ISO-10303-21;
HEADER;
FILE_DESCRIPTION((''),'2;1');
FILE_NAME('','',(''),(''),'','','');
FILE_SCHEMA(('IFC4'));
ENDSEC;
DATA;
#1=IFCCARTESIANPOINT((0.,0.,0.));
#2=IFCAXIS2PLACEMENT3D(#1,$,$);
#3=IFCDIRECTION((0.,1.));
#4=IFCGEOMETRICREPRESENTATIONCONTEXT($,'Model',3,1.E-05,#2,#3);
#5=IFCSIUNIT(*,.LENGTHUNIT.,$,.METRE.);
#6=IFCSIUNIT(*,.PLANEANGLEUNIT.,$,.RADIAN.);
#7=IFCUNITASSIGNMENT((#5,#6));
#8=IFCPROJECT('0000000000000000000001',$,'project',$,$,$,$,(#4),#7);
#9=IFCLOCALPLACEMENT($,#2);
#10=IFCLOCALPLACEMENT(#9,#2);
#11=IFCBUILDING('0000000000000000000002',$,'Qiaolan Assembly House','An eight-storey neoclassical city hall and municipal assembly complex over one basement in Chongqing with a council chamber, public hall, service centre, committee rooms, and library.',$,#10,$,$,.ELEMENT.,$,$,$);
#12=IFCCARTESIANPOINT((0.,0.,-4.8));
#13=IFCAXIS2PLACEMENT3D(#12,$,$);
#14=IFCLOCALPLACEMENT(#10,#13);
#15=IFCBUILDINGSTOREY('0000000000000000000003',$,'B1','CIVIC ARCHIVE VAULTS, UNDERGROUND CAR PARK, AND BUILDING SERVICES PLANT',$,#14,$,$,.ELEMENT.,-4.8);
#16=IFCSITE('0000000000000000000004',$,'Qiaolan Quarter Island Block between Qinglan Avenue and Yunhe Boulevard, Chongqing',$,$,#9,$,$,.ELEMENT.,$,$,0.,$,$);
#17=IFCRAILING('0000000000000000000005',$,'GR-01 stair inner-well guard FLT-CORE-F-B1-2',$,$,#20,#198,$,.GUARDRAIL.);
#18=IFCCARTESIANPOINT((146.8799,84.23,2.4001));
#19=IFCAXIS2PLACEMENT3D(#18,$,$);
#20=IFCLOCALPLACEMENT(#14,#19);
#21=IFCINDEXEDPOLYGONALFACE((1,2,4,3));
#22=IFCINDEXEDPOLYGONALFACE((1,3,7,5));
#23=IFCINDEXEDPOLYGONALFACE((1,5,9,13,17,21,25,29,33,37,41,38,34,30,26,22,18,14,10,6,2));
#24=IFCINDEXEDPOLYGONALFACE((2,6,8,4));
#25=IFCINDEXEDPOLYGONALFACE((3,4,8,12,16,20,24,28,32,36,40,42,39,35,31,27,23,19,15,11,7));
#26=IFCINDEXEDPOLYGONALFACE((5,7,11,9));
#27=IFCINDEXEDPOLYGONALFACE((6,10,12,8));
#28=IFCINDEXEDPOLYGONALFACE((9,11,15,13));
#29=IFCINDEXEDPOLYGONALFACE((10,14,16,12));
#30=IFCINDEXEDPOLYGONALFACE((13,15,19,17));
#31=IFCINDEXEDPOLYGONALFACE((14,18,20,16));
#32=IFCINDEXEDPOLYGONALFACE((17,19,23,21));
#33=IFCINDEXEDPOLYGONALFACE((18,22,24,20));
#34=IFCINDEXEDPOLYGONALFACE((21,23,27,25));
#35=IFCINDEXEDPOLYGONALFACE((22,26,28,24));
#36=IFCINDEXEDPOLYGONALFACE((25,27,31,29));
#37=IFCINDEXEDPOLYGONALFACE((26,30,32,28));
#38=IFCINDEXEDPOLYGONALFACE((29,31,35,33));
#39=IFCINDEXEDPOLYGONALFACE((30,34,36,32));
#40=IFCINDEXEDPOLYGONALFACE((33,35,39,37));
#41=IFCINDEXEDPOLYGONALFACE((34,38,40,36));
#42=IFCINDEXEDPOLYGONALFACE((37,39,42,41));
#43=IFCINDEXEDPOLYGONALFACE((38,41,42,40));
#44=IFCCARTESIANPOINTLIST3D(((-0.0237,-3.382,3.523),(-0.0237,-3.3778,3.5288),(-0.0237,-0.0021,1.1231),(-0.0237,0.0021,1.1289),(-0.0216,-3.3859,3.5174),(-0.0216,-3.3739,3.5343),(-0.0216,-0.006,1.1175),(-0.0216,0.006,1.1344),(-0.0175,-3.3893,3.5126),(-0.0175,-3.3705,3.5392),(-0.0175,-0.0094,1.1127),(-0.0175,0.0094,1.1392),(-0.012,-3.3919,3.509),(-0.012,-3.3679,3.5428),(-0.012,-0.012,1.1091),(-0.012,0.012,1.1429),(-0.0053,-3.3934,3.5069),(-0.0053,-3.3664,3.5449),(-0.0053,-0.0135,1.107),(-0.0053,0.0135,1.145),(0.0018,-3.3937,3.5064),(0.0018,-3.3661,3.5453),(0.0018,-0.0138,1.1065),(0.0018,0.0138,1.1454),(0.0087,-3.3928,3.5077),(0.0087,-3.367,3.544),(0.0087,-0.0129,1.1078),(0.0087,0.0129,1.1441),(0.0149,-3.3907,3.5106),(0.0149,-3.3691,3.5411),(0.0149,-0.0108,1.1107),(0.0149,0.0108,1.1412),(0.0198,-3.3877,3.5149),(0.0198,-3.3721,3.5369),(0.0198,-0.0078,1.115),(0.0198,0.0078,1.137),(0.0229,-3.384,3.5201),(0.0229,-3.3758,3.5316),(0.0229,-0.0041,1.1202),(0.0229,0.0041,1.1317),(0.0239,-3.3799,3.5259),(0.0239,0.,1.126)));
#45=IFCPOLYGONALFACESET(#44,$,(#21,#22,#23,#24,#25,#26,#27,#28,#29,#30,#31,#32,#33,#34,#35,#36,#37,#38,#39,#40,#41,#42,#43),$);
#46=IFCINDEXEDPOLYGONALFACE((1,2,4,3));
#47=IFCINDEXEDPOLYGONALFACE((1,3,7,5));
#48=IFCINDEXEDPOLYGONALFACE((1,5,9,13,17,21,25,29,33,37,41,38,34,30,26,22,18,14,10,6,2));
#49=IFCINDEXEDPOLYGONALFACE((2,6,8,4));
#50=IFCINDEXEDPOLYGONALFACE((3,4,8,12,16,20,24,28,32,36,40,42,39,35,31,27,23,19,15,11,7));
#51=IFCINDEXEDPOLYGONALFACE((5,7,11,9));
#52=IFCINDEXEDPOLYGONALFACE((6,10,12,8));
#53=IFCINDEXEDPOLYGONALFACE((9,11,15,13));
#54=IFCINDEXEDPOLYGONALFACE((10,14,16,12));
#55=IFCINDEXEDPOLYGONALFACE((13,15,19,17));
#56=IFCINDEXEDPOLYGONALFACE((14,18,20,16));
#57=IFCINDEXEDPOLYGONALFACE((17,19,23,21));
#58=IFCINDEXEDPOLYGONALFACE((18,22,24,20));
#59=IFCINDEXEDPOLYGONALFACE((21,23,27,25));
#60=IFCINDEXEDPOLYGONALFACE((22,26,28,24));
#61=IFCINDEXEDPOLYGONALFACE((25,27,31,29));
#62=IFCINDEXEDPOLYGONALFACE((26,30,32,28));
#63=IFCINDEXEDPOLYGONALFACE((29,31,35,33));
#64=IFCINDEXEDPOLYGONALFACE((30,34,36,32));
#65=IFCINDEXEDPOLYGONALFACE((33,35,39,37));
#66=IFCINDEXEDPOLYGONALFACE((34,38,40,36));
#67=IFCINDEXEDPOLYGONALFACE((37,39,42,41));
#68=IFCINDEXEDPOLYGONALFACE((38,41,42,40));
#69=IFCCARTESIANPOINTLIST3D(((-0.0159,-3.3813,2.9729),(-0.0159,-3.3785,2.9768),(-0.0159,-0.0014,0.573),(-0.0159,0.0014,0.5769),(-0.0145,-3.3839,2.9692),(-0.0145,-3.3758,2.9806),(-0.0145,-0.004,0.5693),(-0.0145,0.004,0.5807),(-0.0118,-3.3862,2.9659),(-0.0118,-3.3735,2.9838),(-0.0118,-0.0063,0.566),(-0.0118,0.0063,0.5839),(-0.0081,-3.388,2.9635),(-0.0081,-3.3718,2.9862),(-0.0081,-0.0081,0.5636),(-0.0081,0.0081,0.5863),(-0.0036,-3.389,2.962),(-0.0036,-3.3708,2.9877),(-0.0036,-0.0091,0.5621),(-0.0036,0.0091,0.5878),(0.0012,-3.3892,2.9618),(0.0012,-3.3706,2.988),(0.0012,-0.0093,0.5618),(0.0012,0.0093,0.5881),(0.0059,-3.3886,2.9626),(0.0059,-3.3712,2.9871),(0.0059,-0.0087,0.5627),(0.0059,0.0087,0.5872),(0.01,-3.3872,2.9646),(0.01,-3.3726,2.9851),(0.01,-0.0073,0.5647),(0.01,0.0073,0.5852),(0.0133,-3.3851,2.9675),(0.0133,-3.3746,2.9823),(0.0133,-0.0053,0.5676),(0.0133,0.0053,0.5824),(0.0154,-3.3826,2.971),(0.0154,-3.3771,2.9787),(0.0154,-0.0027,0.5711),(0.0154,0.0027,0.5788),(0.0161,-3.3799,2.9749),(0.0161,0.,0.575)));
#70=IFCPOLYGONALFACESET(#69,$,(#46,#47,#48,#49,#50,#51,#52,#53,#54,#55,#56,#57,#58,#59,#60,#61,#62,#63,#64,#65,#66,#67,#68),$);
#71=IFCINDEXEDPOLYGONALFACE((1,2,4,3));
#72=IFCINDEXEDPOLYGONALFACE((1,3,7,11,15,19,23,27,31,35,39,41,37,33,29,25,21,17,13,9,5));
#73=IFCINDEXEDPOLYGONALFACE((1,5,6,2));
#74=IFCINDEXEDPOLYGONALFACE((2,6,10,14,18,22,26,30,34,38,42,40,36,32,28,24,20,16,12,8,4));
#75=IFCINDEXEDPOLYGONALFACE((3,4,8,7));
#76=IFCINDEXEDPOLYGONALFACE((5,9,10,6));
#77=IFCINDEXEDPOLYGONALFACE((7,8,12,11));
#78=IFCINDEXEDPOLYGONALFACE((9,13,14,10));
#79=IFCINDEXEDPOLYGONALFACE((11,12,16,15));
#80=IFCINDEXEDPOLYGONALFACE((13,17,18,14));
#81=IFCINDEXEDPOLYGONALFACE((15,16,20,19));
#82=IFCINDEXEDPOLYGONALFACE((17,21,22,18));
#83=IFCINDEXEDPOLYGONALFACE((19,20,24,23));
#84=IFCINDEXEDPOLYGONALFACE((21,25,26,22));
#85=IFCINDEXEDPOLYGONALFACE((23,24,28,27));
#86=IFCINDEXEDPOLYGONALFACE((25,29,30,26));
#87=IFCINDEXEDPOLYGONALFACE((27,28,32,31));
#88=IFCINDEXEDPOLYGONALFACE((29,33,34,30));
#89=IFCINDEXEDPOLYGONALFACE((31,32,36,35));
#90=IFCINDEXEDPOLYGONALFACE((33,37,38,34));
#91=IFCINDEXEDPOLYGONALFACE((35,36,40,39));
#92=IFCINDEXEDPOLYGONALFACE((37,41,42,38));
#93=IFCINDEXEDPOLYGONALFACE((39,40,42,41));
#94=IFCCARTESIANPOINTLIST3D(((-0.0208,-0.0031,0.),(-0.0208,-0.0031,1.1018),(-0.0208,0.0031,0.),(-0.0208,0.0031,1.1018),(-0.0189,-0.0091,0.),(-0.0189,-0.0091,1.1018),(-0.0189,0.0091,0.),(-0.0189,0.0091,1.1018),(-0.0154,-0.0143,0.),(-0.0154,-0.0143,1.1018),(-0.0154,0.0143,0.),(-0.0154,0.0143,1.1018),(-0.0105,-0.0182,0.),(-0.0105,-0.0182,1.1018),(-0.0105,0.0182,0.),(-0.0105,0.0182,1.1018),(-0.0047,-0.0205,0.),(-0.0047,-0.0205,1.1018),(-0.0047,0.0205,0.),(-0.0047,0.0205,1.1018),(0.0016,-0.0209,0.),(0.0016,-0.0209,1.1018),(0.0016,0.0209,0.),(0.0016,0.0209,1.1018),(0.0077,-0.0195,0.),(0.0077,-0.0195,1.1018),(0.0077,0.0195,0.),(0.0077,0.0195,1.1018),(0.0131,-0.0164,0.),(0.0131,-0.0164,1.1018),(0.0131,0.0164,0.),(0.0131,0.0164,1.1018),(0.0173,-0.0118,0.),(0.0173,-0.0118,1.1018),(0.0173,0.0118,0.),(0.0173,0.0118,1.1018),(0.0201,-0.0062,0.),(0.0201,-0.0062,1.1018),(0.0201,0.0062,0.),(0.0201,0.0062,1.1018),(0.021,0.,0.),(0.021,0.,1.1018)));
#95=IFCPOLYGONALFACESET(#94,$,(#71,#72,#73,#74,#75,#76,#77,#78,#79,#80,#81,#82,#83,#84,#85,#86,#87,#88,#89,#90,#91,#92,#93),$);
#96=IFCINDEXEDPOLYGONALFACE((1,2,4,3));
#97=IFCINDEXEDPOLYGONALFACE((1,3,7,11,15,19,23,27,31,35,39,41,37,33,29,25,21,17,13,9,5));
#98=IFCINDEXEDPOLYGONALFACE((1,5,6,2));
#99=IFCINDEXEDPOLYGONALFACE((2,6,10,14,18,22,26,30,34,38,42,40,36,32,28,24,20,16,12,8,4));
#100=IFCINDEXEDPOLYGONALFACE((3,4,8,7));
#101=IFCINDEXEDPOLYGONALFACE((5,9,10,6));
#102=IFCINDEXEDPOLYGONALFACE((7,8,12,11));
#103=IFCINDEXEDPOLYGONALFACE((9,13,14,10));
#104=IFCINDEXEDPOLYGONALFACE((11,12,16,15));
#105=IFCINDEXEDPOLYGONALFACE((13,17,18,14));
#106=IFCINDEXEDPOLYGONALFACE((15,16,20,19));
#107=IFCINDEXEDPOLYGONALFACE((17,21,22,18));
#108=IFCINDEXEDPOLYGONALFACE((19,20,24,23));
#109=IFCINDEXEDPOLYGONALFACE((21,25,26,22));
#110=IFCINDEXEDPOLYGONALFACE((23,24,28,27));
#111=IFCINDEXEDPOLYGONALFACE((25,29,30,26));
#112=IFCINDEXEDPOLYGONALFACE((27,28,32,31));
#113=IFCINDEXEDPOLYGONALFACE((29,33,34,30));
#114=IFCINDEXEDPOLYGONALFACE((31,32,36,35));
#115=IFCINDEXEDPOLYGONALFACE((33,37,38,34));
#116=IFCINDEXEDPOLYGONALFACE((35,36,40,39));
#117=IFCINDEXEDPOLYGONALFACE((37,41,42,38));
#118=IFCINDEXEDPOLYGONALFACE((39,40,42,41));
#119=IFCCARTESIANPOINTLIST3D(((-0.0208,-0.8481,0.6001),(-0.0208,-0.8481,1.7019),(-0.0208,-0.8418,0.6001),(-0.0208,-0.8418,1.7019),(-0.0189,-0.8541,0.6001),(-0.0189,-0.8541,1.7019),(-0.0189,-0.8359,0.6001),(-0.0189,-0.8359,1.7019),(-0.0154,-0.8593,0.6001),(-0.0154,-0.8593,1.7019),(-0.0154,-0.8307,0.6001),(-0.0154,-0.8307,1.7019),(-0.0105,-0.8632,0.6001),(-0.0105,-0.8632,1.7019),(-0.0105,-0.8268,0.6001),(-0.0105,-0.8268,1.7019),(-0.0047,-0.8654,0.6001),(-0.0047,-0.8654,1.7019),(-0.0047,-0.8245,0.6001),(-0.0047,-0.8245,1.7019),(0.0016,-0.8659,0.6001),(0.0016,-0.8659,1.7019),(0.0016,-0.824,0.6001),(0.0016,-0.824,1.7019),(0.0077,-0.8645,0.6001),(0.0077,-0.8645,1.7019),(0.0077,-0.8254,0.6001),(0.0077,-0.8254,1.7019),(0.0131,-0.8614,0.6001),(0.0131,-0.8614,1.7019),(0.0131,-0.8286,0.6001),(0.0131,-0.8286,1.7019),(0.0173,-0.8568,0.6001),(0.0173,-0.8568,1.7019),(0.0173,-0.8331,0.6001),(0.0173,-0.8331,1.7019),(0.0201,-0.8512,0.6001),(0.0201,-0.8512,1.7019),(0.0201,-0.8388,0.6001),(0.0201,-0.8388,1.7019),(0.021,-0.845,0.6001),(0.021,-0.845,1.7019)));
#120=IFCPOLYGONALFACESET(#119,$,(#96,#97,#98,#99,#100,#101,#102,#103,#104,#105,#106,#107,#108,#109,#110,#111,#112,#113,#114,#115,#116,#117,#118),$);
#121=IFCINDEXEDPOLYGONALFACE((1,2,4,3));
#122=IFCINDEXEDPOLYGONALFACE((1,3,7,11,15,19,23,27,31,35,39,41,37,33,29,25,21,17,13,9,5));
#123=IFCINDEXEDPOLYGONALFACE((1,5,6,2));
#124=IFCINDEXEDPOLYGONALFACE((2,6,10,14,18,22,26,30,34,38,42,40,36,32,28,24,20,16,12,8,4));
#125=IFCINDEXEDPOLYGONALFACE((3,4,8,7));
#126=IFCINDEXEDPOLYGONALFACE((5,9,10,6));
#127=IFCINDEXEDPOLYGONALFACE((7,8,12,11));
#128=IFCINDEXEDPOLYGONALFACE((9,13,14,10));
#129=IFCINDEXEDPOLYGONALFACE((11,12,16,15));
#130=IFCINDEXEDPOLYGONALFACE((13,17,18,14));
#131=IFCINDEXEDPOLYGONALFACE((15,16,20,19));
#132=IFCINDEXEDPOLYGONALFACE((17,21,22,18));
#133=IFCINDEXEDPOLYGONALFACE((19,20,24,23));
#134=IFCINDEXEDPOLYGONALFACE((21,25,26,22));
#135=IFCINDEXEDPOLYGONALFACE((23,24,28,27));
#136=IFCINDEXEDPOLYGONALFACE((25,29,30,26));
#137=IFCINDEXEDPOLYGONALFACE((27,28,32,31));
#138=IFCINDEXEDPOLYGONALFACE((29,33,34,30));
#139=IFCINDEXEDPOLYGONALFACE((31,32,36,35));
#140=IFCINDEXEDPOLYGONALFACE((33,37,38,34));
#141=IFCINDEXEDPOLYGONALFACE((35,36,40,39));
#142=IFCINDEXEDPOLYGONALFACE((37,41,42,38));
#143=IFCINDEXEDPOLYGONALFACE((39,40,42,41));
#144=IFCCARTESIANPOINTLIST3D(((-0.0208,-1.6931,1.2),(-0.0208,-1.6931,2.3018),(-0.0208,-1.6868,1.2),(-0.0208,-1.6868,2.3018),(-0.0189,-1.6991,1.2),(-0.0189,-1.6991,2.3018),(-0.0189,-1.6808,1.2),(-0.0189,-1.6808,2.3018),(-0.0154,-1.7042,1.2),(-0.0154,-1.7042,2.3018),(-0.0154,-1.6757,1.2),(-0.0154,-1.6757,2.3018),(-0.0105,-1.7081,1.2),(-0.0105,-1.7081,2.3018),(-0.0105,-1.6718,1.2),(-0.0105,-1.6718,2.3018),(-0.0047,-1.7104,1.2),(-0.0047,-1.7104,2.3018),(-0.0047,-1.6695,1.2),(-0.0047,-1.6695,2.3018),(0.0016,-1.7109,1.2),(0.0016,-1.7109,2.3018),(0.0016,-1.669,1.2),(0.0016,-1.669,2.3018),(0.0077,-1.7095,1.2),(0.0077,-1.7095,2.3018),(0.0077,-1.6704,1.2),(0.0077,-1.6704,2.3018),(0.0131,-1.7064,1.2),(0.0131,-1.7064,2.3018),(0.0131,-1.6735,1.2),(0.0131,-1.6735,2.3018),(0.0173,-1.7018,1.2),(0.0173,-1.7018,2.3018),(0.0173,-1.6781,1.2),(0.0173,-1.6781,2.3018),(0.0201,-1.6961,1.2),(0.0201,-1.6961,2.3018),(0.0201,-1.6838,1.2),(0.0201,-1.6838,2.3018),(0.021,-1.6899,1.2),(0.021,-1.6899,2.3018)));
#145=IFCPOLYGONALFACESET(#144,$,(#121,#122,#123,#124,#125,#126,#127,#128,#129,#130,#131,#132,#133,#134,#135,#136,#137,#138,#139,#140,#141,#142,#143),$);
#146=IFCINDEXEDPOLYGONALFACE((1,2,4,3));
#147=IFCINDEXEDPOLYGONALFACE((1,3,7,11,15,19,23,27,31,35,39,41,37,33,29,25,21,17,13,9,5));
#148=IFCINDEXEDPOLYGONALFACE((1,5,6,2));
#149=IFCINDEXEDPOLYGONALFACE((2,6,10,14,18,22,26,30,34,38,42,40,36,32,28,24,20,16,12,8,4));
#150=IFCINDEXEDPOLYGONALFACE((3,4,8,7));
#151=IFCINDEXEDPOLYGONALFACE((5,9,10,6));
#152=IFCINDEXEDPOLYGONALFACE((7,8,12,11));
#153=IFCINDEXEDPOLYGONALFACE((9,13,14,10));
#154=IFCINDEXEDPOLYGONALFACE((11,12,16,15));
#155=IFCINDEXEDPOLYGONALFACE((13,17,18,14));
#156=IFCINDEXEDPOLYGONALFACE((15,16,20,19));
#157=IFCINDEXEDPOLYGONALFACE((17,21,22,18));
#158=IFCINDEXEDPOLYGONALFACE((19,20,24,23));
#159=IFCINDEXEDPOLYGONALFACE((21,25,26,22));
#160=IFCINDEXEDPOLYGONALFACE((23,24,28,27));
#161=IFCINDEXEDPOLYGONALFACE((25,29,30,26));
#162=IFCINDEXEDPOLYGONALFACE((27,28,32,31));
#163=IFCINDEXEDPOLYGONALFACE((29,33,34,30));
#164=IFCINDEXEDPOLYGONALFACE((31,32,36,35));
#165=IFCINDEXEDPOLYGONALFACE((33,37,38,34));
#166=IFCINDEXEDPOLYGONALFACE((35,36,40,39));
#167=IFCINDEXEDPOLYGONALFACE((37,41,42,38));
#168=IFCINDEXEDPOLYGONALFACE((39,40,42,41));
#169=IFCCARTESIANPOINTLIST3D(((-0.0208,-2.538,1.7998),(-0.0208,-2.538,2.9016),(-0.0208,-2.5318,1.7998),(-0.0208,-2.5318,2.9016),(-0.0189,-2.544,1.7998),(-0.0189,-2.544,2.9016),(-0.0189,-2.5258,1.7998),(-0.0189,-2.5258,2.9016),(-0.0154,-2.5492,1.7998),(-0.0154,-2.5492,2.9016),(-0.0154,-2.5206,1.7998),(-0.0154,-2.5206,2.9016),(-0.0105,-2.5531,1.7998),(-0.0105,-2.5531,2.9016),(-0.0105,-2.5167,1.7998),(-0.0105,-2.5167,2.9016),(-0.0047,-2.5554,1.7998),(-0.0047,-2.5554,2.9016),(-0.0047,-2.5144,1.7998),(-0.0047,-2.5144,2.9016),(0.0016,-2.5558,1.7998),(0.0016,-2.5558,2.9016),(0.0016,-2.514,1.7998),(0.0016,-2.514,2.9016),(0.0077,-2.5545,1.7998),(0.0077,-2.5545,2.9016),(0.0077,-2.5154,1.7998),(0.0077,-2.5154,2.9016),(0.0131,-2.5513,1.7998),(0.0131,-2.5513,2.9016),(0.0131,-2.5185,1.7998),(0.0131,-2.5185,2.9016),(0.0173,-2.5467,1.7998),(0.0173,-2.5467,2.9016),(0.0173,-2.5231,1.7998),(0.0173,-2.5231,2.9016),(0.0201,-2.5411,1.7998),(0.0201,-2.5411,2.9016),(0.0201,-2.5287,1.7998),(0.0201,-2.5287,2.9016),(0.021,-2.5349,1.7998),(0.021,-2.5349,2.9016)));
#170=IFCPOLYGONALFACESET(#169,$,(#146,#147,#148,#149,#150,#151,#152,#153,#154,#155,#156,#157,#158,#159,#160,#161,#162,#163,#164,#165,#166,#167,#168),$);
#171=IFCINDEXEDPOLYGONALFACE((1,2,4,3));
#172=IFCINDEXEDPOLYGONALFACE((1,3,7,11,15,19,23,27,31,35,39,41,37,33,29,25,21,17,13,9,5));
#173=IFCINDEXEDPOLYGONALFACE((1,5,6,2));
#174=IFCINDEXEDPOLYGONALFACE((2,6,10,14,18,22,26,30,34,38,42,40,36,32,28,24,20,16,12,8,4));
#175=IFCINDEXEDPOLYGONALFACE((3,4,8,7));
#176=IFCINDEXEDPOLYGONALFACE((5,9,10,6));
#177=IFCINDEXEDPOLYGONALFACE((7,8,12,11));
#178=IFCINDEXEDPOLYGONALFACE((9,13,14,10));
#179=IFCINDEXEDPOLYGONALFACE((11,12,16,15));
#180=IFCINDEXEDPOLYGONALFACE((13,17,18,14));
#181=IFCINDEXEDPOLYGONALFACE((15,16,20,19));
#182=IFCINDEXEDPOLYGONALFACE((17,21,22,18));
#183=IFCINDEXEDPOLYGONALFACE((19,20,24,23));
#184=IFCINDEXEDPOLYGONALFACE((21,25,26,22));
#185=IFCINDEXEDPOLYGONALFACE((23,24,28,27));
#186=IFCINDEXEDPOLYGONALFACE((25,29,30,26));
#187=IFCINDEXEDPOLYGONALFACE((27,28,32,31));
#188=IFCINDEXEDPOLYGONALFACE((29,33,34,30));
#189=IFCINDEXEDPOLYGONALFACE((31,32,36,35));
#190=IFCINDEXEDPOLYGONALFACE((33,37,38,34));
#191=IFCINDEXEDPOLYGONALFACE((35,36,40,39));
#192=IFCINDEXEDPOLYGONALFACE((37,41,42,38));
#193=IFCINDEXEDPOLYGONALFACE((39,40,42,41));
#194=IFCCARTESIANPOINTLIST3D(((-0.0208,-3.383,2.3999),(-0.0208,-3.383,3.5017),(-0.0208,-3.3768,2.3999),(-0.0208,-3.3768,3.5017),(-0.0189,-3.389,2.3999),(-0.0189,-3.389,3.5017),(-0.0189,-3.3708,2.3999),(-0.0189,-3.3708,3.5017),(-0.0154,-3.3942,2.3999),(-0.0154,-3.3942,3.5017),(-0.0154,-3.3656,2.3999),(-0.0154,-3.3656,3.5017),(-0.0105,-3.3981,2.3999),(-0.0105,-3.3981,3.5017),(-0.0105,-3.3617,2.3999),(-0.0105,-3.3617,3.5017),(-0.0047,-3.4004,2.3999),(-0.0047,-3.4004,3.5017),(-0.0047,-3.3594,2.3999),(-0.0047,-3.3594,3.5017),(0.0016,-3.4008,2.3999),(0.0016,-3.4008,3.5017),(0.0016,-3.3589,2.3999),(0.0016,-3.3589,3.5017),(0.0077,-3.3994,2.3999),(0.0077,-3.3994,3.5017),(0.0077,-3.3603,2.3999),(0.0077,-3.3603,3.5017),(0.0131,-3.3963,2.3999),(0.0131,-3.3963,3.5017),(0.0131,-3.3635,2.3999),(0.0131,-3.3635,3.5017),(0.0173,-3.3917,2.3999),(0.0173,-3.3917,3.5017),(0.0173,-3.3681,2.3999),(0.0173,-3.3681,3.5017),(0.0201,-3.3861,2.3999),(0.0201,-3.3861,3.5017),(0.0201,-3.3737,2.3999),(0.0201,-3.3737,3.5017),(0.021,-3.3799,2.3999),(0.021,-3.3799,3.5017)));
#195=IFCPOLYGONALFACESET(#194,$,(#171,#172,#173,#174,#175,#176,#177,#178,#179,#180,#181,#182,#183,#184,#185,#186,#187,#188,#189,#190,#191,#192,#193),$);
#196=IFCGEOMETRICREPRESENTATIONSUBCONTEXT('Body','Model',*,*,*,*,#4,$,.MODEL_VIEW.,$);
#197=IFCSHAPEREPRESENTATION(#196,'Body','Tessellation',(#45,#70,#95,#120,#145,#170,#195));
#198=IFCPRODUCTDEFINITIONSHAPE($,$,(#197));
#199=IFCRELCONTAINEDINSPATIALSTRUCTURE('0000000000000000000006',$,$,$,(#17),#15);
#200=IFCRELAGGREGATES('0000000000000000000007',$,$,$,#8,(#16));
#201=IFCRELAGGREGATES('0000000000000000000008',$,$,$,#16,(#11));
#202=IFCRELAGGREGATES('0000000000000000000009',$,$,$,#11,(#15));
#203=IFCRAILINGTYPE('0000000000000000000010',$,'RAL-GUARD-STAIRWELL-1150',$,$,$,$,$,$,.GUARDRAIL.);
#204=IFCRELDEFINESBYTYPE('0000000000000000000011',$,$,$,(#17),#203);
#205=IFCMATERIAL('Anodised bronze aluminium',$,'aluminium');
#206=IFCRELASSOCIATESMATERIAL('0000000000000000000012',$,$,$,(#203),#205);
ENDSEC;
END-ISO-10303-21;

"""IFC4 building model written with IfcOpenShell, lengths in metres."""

from ifc_helpers import new_model, si_unit, direction, frame, origin, origin_2d, place, context, subcontext, project, spatial, circle, extrude, material, type_object, element, save


model = new_model("IFC4")

# Units and contexts
model_context = context("Model", 3, precision=1e-05, world=origin(), true_north=direction((0.0, 1.0)))
body_context = subcontext(model_context, "Body", "Model", "MODEL_VIEW")
ifc_project = project(units=[si_unit("LENGTHUNIT", "METRE"), si_unit("PLANEANGLEUNIT", "RADIAN")], contexts=[model_context])

# Site, building, storey
site_placement = place(None, origin())
site = spatial("IfcSite", under=ifc_project, at=site_placement, Name="Qiaolan Quarter Island Block between Qinglan Avenue and Yunhe Boulevard, Chongqing", CompositionType="ELEMENT", RefElevation=0.0)
building_placement = place(site_placement, origin())
building = spatial("IfcBuilding", under=site, at=building_placement, Name="Qiaolan Assembly House", Description="An eight-storey neoclassical city hall and municipal assembly complex over one basement in Chongqing with a council chamber, public hall, service centre, committee rooms, and library.", CompositionType="ELEMENT")
storey_placement = place(building_placement, frame((0.0, 0.0, -4.8)))
storey = spatial("IfcBuildingStorey", under=building, at=storey_placement, Name="B1", Description="CIVIC ARCHIVE VAULTS, UNDERGROUND CAR PARK, AND BUILDING SERVICES PLANT", CompositionType="ELEMENT", Elevation=-4.8)

# Railing
ifc_material_1 = material(Name="Anodised bronze aluminium", Category="aluminium")
railing_type_1 = type_object("IfcRailingType", Name="RAL-GUARD-STAIRWELL-1150", PredefinedType="GUARDRAIL", material=ifc_material_1)
railing_1_placement = place(storey_placement, frame((146.8799, 84.23, 2.4001)))
element("IfcRailing", 1, at=railing_1_placement, inside=storey, type_object=railing_type_1, Name="GR-01 stair inner-well guard FLT-CORE-F-B1-2", PredefinedType="GUARDRAIL", context=body_context, shape_type="SweptSolid", body=[
    extrude(circle(Radius=0.0239, at=origin_2d()), frame((0.0, 0.0, 1.126), z_axis=(0.0, -0.815362, 0.578952), x_axis=(1.0, 0.0, 0.0)), (0.0, 0.0, 1.0), 4.1453),
    extrude(circle(Radius=0.0161, at=origin_2d()), frame((0.0, 0.0, 0.575), z_axis=(0.0, -0.815362, 0.578952), x_axis=(1.0, 0.0, 0.0)), (0.0, 0.0, 1.0), 4.1453),
    extrude(circle(Radius=0.021, at=origin_2d()), origin(), (0.0, 0.0, 1.0), 1.1018),
    extrude(circle(Radius=0.021, at=origin_2d()), frame((0.0, -0.845, 0.6001)), (0.0, 0.0, 1.0), 1.1018),
    extrude(circle(Radius=0.021, at=origin_2d()), frame((0.0, -1.6899, 1.2)), (0.0, 0.0, 1.0), 1.1018),
    extrude(circle(Radius=0.021, at=origin_2d()), frame((0.0, -2.5349, 1.7998)), (0.0, 0.0, 1.0), 1.1018),
    extrude(circle(Radius=0.021, at=origin_2d()), frame((0.0, -3.3799, 2.3999)), (0.0, 0.0, 1.0), 1.1018),
])

save(model, "model.ifc")
